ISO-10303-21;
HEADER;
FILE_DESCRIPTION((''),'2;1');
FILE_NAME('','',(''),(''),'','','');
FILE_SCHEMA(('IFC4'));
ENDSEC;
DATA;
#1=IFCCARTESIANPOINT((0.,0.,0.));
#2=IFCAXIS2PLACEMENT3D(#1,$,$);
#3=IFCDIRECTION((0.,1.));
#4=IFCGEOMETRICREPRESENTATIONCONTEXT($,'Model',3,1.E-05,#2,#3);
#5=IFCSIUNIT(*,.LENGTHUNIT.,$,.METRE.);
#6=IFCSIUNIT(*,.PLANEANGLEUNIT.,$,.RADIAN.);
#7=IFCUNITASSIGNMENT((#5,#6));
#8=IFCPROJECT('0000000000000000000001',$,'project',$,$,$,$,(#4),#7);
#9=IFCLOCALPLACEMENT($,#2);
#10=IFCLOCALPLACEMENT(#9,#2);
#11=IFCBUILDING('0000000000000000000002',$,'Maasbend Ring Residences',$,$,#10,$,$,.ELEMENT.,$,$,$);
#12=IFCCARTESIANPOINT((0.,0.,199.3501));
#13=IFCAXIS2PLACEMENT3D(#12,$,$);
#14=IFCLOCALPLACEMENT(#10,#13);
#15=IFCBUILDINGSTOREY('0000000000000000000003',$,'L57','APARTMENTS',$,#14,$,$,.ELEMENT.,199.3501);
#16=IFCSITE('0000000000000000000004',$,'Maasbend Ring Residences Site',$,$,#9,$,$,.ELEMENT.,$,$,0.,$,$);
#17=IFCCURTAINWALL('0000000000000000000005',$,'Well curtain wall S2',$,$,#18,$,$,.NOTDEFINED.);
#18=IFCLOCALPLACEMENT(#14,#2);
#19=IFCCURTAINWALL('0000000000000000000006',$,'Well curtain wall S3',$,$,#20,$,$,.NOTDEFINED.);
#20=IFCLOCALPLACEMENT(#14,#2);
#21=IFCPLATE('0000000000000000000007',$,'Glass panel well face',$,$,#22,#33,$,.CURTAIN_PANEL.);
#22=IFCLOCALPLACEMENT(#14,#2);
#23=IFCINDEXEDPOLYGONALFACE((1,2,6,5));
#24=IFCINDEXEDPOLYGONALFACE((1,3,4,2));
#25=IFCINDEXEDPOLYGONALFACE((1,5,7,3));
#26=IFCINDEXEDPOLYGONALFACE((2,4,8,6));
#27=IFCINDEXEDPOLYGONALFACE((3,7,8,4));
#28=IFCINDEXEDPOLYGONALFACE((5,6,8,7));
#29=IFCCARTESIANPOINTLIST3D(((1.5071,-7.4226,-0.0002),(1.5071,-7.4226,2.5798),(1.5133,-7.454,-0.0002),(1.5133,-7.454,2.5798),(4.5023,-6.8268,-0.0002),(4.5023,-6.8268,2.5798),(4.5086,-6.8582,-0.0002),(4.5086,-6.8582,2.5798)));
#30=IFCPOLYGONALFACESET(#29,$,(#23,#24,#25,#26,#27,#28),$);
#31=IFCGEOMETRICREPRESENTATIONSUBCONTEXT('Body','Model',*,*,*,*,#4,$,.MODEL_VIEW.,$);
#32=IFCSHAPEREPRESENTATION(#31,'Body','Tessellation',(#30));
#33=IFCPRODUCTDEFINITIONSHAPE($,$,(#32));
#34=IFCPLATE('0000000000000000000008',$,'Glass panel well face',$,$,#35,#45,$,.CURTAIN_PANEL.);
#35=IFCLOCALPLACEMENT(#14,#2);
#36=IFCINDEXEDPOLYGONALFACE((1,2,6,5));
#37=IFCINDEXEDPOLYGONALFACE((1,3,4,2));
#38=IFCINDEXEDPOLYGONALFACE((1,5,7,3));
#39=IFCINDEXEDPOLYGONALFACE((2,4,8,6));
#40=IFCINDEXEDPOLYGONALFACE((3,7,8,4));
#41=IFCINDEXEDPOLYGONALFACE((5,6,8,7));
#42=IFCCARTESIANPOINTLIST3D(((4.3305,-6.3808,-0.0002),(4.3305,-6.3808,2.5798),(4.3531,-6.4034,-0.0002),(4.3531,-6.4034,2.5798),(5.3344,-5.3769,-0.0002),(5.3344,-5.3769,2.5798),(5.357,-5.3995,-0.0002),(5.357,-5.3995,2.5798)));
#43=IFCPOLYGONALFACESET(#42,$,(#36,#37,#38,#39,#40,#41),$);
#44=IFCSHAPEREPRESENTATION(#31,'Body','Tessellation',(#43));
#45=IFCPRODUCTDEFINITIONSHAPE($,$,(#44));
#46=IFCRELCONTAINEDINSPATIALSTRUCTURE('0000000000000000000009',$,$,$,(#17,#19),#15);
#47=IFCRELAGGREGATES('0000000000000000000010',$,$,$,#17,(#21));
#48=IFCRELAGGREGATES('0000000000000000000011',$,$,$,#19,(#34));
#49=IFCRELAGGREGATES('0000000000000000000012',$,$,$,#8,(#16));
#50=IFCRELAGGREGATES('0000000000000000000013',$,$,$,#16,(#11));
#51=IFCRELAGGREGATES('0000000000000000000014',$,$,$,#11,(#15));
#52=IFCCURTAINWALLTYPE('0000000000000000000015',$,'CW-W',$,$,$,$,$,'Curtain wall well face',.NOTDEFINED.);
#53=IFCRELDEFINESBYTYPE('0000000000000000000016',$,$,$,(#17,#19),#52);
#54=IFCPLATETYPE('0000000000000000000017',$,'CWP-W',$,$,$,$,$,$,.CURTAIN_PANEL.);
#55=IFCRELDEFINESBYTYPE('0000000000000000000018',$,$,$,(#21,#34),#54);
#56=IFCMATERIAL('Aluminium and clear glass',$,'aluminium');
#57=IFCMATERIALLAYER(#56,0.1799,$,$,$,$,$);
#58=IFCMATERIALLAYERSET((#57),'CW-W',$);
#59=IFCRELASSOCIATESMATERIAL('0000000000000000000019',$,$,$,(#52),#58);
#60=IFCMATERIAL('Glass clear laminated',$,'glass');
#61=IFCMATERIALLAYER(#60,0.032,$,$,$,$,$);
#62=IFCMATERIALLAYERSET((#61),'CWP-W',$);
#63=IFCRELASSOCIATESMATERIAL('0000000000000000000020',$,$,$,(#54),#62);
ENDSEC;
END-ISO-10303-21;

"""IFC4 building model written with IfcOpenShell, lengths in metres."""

from ifc_helpers import new_model, si_unit, direction, frame, origin, origin_2d, place, context, subcontext, project, spatial, rectangle, extrude, material, layer, layer_set, type_object, element, aggregate, save


model = new_model("IFC4")

# Units and contexts
model_context = context("Model", 3, precision=1e-05, world=origin(), true_north=direction((0.0, 1.0)))
body_context = subcontext(model_context, "Body", "Model", "MODEL_VIEW")
ifc_project = project(units=[si_unit("LENGTHUNIT", "METRE"), si_unit("PLANEANGLEUNIT", "RADIAN")], contexts=[model_context])

# Site, building, storey
site_placement = place(None, origin())
site = spatial("IfcSite", under=ifc_project, at=site_placement, Name="Maasbend Ring Residences Site", CompositionType="ELEMENT", RefElevation=0.0)
building_placement = place(site_placement, origin())
building = spatial("IfcBuilding", under=site, at=building_placement, Name="Maasbend Ring Residences", CompositionType="ELEMENT")
storey_placement = place(building_placement, frame((0.0, 0.0, 199.3501)))
storey = spatial("IfcBuildingStorey", under=building, at=storey_placement, Name="L57", Description="APARTMENTS", CompositionType="ELEMENT", Elevation=199.3501)

# Curtain walls
ifc_material_1 = material(Name="Aluminium and clear glass", Category="aluminium")
ifc_layer_1 = layer(ifc_material_1, 0.1799)
ifc_layer_set_1 = layer_set([ifc_layer_1], Name="CW-W")
curtain_wall_type = type_object("IfcCurtainWallType", Name="CW-W", ElementType="Curtain wall well face", PredefinedType="NOTDEFINED", material=ifc_layer_set_1)
curtain_wall_1_placement = place(storey_placement, origin())
curtain_wall_1 = element("IfcCurtainWall", 1, at=curtain_wall_1_placement, inside=storey, type_object=curtain_wall_type, Name="Well curtain wall S2", PredefinedType="NOTDEFINED")
curtain_wall_2_placement = place(storey_placement, origin())
curtain_wall_2 = element("IfcCurtainWall", 2, at=curtain_wall_2_placement, inside=storey, type_object=curtain_wall_type, Name="Well curtain wall S3", PredefinedType="NOTDEFINED")

# Plates
ifc_material_2 = material(Name="Glass clear laminated", Category="glass")
ifc_layer_2 = layer(ifc_material_2, 0.032)
ifc_layer_set_2 = layer_set([ifc_layer_2], Name="CWP-W")
plate_type = type_object("IfcPlateType", Name="CWP-W", PredefinedType="CURTAIN_PANEL", material=ifc_layer_set_2)
plate_1_placement = place(storey_placement, frame((3.0078, -7.1404, -0.0002), z_axis=(0.0, 0.0, 1.0), x_axis=(0.980785, 0.19509, 0.0)))
plate_1 = element("IfcPlate", 3, at=plate_1_placement, type_object=plate_type, Name="Glass panel well face", PredefinedType="CURTAIN_PANEL", context=body_context, shape_type="SweptSolid", body=[
    extrude(rectangle(XDim=3.054, YDim=0.032, at=origin_2d()), origin(), (0.0, 0.0, 1.0), 2.5801),
])
aggregate(curtain_wall_1, [plate_1])
plate_2_placement = place(storey_placement, frame((4.8438, -5.8901, -0.0002), z_axis=(0.0, 0.0, 1.0), x_axis=(0.707107, 0.707107, 0.0)))
plate_2 = element("IfcPlate", 4, at=plate_2_placement, type_object=plate_type, Name="Glass panel well face", PredefinedType="CURTAIN_PANEL", context=body_context, shape_type="SweptSolid", body=[
    extrude(rectangle(XDim=1.4197, YDim=0.032, at=origin_2d()), origin(), (0.0, 0.0, 1.0), 2.5801),
])
aggregate(curtain_wall_2, [plate_2])

save(model, "model.ifc")
